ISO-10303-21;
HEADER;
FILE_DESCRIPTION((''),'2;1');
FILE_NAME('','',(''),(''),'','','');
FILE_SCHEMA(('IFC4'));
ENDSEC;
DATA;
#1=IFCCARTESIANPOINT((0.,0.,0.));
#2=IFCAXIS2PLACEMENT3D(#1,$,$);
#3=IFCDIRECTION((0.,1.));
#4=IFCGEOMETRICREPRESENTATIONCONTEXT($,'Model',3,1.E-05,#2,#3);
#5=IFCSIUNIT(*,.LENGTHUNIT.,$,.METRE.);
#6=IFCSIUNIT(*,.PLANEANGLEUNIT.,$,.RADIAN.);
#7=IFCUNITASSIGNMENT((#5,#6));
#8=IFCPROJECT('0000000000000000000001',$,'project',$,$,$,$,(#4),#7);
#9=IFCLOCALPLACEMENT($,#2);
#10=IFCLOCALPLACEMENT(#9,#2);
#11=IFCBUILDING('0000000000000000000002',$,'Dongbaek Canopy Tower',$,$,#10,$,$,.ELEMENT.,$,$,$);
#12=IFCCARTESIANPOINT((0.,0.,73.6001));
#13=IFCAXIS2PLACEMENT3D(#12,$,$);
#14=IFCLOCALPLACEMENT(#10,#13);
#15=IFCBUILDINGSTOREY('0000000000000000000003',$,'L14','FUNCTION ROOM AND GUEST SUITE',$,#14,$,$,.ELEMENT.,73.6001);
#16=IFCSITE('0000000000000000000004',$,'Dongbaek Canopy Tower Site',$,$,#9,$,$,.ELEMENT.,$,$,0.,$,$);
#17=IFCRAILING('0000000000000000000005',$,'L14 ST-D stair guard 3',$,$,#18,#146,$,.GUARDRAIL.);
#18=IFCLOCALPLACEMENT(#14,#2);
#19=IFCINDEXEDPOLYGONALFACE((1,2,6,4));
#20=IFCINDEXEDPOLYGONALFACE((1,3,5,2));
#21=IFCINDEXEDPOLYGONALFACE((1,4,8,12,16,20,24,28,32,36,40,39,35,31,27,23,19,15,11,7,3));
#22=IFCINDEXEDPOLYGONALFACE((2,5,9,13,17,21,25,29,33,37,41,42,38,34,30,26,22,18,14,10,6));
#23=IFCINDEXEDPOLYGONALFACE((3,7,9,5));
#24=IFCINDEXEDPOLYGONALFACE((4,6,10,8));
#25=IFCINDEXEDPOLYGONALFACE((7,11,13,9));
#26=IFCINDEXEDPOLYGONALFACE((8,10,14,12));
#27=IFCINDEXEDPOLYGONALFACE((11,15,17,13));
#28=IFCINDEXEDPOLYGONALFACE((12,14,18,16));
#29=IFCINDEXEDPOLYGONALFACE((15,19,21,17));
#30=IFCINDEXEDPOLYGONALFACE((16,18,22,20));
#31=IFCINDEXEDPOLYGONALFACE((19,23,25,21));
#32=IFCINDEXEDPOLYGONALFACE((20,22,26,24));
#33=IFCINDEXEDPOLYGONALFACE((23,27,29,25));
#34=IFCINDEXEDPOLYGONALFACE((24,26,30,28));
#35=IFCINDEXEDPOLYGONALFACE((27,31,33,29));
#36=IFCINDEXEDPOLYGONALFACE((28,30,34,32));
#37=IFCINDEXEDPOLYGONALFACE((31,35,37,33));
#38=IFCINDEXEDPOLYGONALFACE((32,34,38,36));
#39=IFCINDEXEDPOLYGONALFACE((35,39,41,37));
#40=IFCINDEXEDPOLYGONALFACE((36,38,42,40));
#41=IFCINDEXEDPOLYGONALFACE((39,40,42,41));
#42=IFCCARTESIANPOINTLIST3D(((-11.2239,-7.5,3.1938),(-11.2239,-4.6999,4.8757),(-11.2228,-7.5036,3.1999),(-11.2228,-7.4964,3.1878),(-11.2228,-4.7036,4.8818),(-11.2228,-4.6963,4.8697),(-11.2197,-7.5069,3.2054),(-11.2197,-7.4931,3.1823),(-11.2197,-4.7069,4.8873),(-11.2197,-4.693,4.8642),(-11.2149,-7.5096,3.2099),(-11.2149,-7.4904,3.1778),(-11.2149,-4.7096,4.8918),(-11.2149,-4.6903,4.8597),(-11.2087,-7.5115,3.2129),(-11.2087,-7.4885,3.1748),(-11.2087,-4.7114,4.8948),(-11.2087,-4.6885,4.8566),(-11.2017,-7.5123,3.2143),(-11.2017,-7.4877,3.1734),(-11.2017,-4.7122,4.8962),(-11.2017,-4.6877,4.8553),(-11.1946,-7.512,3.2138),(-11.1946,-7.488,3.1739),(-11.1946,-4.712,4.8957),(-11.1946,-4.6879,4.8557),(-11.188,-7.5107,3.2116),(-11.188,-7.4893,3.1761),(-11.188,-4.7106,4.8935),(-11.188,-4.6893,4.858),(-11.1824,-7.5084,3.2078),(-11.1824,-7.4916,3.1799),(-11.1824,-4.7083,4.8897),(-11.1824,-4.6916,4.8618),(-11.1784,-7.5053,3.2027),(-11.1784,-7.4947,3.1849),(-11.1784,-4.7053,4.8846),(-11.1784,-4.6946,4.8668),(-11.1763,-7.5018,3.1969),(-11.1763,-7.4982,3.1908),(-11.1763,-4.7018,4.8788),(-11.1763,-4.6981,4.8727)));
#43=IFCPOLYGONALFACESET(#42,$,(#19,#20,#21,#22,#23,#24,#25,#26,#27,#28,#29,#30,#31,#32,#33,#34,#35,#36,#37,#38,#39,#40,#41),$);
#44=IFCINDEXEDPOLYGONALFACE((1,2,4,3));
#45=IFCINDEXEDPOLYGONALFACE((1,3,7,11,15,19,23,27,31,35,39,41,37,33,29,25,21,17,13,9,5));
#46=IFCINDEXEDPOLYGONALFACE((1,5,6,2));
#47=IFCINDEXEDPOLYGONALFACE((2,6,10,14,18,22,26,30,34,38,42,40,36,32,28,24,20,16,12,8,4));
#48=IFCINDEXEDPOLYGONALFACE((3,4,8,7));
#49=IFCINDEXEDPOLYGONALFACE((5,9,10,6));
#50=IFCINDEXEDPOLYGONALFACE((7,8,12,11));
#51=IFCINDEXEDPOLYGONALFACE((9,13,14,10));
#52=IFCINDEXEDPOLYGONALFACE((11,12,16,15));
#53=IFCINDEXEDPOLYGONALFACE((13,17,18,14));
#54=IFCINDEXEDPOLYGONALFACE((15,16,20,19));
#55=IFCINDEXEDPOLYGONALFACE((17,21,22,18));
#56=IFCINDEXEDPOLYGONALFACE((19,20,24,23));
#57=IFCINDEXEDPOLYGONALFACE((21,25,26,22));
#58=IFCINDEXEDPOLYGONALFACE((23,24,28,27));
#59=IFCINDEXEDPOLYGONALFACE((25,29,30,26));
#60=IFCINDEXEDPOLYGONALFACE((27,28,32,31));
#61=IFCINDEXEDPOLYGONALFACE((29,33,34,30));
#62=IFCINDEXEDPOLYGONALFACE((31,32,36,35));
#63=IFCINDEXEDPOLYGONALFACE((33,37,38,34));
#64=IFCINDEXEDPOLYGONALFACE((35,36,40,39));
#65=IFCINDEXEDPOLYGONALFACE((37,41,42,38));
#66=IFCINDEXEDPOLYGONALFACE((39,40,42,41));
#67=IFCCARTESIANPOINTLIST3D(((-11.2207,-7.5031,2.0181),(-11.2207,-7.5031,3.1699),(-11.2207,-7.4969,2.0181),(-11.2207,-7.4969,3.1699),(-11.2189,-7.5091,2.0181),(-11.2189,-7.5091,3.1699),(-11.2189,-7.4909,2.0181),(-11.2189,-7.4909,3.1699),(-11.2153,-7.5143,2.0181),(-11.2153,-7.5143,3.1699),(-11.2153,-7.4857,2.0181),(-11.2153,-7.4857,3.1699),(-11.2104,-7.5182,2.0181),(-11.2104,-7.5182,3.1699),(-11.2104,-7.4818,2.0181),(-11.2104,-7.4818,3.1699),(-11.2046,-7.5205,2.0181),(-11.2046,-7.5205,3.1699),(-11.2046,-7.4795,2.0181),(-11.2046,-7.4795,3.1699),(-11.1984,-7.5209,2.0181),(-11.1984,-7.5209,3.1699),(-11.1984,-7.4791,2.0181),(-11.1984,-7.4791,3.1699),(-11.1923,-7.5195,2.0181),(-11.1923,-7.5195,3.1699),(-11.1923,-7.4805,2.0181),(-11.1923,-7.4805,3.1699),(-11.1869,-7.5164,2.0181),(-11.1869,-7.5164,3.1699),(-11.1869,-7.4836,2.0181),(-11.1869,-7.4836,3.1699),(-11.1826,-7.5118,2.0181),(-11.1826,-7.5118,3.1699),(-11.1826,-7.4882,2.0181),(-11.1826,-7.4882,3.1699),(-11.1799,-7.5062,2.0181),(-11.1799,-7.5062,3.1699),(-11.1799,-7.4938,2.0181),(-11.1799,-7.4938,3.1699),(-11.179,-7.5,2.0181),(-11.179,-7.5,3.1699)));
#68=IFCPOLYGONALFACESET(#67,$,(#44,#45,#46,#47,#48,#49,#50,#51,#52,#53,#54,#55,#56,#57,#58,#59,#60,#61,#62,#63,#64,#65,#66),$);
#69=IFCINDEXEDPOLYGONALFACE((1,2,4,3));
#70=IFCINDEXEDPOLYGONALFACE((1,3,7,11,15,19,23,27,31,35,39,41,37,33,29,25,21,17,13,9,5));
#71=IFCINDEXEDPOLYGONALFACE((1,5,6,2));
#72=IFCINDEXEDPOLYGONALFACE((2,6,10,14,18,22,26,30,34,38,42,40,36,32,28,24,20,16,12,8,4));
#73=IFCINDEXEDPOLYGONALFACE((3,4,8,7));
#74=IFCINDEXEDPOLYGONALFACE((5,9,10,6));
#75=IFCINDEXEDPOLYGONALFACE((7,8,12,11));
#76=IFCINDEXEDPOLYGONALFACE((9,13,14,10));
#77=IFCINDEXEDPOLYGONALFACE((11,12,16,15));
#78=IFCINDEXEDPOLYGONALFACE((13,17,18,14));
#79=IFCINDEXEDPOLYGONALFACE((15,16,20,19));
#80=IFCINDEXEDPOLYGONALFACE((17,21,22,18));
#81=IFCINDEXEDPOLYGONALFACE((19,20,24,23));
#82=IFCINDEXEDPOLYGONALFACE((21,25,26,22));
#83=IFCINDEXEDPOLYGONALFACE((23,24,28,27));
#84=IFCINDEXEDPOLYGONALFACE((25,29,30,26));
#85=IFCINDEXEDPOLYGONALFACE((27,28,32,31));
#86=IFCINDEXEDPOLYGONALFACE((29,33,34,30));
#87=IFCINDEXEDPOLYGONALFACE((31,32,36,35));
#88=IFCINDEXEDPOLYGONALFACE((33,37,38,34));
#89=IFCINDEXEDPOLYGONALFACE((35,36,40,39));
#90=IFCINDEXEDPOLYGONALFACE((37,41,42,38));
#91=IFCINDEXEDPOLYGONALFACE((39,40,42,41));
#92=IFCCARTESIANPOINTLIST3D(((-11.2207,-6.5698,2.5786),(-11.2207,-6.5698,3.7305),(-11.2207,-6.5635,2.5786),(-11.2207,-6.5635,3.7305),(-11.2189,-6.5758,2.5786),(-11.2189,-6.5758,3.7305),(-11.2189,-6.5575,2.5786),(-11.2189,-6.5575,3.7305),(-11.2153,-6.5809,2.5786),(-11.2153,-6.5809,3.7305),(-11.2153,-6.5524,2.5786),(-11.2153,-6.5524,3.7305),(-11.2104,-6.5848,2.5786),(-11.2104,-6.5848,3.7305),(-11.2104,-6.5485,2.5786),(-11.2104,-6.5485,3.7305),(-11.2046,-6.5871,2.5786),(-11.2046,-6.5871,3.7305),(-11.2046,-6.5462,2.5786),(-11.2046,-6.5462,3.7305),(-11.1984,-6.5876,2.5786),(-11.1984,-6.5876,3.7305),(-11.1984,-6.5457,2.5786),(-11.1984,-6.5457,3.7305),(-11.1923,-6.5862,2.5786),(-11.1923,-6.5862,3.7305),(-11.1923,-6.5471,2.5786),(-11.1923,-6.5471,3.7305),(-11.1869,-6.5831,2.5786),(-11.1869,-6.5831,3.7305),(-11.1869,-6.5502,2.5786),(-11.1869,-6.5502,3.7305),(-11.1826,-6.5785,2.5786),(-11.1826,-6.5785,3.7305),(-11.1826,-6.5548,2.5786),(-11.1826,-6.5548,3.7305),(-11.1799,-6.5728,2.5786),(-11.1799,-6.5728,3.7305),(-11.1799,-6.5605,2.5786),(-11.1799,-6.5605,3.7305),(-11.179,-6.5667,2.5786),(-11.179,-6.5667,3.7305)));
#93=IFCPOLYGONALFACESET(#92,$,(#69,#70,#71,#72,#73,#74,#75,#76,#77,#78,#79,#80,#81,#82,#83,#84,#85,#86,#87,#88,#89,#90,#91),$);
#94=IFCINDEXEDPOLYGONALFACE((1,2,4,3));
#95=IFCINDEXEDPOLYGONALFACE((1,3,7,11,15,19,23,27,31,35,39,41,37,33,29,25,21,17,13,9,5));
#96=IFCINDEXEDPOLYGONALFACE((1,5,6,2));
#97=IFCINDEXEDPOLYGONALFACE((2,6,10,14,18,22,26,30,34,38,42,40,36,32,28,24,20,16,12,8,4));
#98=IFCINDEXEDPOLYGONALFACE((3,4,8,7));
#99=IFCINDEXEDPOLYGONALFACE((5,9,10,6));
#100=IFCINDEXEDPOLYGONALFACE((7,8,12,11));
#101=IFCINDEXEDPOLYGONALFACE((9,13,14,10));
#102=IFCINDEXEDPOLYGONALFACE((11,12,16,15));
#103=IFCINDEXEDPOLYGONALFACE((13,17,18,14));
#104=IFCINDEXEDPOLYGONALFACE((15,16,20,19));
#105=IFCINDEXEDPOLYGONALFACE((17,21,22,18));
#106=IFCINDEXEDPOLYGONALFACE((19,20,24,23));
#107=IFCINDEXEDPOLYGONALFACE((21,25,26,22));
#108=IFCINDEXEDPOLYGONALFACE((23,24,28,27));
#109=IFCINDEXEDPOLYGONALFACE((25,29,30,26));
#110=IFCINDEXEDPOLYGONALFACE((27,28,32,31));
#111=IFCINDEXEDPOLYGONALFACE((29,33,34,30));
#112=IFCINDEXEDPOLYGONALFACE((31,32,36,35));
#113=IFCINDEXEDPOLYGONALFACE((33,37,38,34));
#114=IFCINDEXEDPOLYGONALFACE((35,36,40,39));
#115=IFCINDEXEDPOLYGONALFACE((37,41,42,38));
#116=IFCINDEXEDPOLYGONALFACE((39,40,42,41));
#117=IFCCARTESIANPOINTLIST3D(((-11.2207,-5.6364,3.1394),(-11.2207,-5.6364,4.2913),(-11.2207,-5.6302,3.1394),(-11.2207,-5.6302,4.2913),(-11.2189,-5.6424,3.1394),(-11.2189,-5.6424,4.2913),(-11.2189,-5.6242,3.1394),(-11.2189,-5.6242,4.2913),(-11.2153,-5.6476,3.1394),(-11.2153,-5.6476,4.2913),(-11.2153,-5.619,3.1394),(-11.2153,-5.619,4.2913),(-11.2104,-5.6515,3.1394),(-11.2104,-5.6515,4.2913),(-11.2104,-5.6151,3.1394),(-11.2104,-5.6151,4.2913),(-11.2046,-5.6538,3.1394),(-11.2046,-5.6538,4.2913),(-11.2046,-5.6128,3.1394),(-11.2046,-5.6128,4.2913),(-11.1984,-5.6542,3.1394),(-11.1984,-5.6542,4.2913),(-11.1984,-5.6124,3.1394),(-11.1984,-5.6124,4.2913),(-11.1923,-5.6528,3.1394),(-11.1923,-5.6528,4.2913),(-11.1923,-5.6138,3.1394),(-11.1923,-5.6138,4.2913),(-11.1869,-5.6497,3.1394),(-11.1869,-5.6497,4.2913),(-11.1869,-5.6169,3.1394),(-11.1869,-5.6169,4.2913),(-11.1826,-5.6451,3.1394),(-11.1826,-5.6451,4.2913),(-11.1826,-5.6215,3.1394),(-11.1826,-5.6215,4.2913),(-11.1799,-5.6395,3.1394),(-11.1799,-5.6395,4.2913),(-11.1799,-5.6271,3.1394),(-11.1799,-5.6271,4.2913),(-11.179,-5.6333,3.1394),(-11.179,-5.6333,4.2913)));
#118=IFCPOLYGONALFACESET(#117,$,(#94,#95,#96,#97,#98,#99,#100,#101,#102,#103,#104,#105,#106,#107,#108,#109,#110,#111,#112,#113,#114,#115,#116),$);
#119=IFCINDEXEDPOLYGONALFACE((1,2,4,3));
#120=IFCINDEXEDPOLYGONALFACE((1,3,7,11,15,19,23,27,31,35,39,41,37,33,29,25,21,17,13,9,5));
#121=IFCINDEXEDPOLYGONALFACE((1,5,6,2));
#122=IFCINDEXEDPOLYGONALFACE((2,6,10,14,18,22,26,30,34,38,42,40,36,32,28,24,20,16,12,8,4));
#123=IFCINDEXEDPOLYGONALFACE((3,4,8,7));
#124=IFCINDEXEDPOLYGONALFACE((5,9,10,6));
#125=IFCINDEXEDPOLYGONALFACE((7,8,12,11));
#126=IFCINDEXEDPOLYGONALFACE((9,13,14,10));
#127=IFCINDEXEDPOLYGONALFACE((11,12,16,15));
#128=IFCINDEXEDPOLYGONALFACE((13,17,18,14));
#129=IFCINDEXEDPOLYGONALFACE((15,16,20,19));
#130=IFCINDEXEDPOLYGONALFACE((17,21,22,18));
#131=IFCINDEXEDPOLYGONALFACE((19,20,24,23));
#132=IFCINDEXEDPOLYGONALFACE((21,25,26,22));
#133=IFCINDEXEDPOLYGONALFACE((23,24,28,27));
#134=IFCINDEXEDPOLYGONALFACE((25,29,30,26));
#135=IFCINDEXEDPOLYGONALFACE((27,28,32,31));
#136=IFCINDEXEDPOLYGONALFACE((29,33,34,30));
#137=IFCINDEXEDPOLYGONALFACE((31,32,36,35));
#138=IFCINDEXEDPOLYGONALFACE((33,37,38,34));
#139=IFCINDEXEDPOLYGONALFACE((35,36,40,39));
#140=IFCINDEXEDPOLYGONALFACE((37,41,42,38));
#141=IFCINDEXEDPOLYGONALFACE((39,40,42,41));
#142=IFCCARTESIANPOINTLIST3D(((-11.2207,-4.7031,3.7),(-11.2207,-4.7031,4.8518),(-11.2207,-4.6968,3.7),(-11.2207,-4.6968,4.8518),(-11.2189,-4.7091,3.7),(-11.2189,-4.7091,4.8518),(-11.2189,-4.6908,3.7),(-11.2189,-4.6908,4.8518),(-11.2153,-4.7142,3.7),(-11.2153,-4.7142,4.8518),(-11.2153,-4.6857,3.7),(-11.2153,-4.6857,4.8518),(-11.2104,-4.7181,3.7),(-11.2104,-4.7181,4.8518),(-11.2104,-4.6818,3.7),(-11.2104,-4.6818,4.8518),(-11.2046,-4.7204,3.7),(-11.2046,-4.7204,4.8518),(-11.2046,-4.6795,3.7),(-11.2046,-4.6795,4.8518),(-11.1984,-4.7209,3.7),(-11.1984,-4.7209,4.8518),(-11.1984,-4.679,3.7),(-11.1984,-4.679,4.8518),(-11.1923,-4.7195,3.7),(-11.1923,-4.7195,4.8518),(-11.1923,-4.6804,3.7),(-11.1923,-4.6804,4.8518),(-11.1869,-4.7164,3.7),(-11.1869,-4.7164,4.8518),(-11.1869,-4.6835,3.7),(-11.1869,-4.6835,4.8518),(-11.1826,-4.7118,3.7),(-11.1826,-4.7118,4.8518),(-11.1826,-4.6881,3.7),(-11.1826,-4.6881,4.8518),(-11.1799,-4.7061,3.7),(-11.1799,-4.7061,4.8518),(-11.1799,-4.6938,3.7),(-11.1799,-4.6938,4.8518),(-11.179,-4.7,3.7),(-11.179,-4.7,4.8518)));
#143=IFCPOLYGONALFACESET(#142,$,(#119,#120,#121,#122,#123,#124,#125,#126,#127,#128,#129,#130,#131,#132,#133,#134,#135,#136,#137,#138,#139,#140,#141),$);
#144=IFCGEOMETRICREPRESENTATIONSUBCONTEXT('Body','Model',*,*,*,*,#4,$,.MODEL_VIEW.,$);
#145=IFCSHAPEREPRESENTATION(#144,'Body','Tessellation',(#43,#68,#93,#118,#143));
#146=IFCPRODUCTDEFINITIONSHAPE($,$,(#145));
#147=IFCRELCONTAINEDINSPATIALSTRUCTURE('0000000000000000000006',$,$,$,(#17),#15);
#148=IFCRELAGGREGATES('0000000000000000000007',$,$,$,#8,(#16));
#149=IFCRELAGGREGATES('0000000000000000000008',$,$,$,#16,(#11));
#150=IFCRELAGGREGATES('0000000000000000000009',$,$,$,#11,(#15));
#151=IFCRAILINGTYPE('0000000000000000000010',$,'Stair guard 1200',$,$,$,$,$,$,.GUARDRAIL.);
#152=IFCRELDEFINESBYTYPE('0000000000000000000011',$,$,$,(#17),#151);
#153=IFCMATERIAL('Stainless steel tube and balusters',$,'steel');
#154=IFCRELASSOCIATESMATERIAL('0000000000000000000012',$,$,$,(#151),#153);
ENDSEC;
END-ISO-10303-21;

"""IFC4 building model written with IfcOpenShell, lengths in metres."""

from ifc_helpers import new_model, si_unit, direction, frame, origin, origin_2d, place, context, subcontext, project, spatial, circle, extrude, material, type_object, element, save


model = new_model("IFC4")

# Units and contexts
model_context = context("Model", 3, precision=1e-05, world=origin(), true_north=direction((0.0, 1.0)))
body_context = subcontext(model_context, "Body", "Model", "MODEL_VIEW")
ifc_project = project(units=[si_unit("LENGTHUNIT", "METRE"), si_unit("PLANEANGLEUNIT", "RADIAN")], contexts=[model_context])

# Site, building, storey
site_placement = place(None, origin())
site = spatial("IfcSite", under=ifc_project, at=site_placement, Name="Dongbaek Canopy Tower Site", CompositionType="ELEMENT", RefElevation=0.0)
building_placement = place(site_placement, origin())
building = spatial("IfcBuilding", under=site, at=building_placement, Name="Dongbaek Canopy Tower", CompositionType="ELEMENT")
storey_placement = place(building_placement, frame((0.0, 0.0, 73.6001)))
storey = spatial("IfcBuildingStorey", under=building, at=storey_placement, Name="L14", Description="FUNCTION ROOM AND GUEST SUITE", CompositionType="ELEMENT", Elevation=73.6001)

# Railing
ifc_material_1 = material(Name="Stainless steel tube and balusters", Category="steel")
railing_type_1 = type_object("IfcRailingType", Name="Stair guard 1200", PredefinedType="GUARDRAIL", material=ifc_material_1)
railing_1_placement = place(storey_placement, frame((-11.2, -7.5, 2.0181)))
element("IfcRailing", 1, at=railing_1_placement, inside=storey, type_object=railing_type_1, Name="L14 ST-D stair guard 3", PredefinedType="GUARDRAIL", context=body_context, shape_type="SweptSolid", body=[
    extrude(circle(Radius=0.0239, at=origin_2d()), frame((0.0, 0.0, 1.1758), z_axis=(0.0, 0.857242, 0.514913), x_axis=(-1.0, 0.0, 0.0)), (0.0, 0.0, 1.0), 3.2664),
    extrude(circle(Radius=0.021, at=origin_2d()), origin(), (0.0, 0.0, 1.0), 1.1519),
    extrude(circle(Radius=0.021, at=origin_2d()), frame((0.0, 0.9333, 0.5605)), (0.0, 0.0, 1.0), 1.1519),
    extrude(circle(Radius=0.021, at=origin_2d()), frame((0.0, 1.8667, 1.1213)), (0.0, 0.0, 1.0), 1.1519),
    extrude(circle(Radius=0.021, at=origin_2d()), frame((0.0, 2.8, 1.6819)), (0.0, 0.0, 1.0), 1.1519),
])

save(model, "model.ifc")
